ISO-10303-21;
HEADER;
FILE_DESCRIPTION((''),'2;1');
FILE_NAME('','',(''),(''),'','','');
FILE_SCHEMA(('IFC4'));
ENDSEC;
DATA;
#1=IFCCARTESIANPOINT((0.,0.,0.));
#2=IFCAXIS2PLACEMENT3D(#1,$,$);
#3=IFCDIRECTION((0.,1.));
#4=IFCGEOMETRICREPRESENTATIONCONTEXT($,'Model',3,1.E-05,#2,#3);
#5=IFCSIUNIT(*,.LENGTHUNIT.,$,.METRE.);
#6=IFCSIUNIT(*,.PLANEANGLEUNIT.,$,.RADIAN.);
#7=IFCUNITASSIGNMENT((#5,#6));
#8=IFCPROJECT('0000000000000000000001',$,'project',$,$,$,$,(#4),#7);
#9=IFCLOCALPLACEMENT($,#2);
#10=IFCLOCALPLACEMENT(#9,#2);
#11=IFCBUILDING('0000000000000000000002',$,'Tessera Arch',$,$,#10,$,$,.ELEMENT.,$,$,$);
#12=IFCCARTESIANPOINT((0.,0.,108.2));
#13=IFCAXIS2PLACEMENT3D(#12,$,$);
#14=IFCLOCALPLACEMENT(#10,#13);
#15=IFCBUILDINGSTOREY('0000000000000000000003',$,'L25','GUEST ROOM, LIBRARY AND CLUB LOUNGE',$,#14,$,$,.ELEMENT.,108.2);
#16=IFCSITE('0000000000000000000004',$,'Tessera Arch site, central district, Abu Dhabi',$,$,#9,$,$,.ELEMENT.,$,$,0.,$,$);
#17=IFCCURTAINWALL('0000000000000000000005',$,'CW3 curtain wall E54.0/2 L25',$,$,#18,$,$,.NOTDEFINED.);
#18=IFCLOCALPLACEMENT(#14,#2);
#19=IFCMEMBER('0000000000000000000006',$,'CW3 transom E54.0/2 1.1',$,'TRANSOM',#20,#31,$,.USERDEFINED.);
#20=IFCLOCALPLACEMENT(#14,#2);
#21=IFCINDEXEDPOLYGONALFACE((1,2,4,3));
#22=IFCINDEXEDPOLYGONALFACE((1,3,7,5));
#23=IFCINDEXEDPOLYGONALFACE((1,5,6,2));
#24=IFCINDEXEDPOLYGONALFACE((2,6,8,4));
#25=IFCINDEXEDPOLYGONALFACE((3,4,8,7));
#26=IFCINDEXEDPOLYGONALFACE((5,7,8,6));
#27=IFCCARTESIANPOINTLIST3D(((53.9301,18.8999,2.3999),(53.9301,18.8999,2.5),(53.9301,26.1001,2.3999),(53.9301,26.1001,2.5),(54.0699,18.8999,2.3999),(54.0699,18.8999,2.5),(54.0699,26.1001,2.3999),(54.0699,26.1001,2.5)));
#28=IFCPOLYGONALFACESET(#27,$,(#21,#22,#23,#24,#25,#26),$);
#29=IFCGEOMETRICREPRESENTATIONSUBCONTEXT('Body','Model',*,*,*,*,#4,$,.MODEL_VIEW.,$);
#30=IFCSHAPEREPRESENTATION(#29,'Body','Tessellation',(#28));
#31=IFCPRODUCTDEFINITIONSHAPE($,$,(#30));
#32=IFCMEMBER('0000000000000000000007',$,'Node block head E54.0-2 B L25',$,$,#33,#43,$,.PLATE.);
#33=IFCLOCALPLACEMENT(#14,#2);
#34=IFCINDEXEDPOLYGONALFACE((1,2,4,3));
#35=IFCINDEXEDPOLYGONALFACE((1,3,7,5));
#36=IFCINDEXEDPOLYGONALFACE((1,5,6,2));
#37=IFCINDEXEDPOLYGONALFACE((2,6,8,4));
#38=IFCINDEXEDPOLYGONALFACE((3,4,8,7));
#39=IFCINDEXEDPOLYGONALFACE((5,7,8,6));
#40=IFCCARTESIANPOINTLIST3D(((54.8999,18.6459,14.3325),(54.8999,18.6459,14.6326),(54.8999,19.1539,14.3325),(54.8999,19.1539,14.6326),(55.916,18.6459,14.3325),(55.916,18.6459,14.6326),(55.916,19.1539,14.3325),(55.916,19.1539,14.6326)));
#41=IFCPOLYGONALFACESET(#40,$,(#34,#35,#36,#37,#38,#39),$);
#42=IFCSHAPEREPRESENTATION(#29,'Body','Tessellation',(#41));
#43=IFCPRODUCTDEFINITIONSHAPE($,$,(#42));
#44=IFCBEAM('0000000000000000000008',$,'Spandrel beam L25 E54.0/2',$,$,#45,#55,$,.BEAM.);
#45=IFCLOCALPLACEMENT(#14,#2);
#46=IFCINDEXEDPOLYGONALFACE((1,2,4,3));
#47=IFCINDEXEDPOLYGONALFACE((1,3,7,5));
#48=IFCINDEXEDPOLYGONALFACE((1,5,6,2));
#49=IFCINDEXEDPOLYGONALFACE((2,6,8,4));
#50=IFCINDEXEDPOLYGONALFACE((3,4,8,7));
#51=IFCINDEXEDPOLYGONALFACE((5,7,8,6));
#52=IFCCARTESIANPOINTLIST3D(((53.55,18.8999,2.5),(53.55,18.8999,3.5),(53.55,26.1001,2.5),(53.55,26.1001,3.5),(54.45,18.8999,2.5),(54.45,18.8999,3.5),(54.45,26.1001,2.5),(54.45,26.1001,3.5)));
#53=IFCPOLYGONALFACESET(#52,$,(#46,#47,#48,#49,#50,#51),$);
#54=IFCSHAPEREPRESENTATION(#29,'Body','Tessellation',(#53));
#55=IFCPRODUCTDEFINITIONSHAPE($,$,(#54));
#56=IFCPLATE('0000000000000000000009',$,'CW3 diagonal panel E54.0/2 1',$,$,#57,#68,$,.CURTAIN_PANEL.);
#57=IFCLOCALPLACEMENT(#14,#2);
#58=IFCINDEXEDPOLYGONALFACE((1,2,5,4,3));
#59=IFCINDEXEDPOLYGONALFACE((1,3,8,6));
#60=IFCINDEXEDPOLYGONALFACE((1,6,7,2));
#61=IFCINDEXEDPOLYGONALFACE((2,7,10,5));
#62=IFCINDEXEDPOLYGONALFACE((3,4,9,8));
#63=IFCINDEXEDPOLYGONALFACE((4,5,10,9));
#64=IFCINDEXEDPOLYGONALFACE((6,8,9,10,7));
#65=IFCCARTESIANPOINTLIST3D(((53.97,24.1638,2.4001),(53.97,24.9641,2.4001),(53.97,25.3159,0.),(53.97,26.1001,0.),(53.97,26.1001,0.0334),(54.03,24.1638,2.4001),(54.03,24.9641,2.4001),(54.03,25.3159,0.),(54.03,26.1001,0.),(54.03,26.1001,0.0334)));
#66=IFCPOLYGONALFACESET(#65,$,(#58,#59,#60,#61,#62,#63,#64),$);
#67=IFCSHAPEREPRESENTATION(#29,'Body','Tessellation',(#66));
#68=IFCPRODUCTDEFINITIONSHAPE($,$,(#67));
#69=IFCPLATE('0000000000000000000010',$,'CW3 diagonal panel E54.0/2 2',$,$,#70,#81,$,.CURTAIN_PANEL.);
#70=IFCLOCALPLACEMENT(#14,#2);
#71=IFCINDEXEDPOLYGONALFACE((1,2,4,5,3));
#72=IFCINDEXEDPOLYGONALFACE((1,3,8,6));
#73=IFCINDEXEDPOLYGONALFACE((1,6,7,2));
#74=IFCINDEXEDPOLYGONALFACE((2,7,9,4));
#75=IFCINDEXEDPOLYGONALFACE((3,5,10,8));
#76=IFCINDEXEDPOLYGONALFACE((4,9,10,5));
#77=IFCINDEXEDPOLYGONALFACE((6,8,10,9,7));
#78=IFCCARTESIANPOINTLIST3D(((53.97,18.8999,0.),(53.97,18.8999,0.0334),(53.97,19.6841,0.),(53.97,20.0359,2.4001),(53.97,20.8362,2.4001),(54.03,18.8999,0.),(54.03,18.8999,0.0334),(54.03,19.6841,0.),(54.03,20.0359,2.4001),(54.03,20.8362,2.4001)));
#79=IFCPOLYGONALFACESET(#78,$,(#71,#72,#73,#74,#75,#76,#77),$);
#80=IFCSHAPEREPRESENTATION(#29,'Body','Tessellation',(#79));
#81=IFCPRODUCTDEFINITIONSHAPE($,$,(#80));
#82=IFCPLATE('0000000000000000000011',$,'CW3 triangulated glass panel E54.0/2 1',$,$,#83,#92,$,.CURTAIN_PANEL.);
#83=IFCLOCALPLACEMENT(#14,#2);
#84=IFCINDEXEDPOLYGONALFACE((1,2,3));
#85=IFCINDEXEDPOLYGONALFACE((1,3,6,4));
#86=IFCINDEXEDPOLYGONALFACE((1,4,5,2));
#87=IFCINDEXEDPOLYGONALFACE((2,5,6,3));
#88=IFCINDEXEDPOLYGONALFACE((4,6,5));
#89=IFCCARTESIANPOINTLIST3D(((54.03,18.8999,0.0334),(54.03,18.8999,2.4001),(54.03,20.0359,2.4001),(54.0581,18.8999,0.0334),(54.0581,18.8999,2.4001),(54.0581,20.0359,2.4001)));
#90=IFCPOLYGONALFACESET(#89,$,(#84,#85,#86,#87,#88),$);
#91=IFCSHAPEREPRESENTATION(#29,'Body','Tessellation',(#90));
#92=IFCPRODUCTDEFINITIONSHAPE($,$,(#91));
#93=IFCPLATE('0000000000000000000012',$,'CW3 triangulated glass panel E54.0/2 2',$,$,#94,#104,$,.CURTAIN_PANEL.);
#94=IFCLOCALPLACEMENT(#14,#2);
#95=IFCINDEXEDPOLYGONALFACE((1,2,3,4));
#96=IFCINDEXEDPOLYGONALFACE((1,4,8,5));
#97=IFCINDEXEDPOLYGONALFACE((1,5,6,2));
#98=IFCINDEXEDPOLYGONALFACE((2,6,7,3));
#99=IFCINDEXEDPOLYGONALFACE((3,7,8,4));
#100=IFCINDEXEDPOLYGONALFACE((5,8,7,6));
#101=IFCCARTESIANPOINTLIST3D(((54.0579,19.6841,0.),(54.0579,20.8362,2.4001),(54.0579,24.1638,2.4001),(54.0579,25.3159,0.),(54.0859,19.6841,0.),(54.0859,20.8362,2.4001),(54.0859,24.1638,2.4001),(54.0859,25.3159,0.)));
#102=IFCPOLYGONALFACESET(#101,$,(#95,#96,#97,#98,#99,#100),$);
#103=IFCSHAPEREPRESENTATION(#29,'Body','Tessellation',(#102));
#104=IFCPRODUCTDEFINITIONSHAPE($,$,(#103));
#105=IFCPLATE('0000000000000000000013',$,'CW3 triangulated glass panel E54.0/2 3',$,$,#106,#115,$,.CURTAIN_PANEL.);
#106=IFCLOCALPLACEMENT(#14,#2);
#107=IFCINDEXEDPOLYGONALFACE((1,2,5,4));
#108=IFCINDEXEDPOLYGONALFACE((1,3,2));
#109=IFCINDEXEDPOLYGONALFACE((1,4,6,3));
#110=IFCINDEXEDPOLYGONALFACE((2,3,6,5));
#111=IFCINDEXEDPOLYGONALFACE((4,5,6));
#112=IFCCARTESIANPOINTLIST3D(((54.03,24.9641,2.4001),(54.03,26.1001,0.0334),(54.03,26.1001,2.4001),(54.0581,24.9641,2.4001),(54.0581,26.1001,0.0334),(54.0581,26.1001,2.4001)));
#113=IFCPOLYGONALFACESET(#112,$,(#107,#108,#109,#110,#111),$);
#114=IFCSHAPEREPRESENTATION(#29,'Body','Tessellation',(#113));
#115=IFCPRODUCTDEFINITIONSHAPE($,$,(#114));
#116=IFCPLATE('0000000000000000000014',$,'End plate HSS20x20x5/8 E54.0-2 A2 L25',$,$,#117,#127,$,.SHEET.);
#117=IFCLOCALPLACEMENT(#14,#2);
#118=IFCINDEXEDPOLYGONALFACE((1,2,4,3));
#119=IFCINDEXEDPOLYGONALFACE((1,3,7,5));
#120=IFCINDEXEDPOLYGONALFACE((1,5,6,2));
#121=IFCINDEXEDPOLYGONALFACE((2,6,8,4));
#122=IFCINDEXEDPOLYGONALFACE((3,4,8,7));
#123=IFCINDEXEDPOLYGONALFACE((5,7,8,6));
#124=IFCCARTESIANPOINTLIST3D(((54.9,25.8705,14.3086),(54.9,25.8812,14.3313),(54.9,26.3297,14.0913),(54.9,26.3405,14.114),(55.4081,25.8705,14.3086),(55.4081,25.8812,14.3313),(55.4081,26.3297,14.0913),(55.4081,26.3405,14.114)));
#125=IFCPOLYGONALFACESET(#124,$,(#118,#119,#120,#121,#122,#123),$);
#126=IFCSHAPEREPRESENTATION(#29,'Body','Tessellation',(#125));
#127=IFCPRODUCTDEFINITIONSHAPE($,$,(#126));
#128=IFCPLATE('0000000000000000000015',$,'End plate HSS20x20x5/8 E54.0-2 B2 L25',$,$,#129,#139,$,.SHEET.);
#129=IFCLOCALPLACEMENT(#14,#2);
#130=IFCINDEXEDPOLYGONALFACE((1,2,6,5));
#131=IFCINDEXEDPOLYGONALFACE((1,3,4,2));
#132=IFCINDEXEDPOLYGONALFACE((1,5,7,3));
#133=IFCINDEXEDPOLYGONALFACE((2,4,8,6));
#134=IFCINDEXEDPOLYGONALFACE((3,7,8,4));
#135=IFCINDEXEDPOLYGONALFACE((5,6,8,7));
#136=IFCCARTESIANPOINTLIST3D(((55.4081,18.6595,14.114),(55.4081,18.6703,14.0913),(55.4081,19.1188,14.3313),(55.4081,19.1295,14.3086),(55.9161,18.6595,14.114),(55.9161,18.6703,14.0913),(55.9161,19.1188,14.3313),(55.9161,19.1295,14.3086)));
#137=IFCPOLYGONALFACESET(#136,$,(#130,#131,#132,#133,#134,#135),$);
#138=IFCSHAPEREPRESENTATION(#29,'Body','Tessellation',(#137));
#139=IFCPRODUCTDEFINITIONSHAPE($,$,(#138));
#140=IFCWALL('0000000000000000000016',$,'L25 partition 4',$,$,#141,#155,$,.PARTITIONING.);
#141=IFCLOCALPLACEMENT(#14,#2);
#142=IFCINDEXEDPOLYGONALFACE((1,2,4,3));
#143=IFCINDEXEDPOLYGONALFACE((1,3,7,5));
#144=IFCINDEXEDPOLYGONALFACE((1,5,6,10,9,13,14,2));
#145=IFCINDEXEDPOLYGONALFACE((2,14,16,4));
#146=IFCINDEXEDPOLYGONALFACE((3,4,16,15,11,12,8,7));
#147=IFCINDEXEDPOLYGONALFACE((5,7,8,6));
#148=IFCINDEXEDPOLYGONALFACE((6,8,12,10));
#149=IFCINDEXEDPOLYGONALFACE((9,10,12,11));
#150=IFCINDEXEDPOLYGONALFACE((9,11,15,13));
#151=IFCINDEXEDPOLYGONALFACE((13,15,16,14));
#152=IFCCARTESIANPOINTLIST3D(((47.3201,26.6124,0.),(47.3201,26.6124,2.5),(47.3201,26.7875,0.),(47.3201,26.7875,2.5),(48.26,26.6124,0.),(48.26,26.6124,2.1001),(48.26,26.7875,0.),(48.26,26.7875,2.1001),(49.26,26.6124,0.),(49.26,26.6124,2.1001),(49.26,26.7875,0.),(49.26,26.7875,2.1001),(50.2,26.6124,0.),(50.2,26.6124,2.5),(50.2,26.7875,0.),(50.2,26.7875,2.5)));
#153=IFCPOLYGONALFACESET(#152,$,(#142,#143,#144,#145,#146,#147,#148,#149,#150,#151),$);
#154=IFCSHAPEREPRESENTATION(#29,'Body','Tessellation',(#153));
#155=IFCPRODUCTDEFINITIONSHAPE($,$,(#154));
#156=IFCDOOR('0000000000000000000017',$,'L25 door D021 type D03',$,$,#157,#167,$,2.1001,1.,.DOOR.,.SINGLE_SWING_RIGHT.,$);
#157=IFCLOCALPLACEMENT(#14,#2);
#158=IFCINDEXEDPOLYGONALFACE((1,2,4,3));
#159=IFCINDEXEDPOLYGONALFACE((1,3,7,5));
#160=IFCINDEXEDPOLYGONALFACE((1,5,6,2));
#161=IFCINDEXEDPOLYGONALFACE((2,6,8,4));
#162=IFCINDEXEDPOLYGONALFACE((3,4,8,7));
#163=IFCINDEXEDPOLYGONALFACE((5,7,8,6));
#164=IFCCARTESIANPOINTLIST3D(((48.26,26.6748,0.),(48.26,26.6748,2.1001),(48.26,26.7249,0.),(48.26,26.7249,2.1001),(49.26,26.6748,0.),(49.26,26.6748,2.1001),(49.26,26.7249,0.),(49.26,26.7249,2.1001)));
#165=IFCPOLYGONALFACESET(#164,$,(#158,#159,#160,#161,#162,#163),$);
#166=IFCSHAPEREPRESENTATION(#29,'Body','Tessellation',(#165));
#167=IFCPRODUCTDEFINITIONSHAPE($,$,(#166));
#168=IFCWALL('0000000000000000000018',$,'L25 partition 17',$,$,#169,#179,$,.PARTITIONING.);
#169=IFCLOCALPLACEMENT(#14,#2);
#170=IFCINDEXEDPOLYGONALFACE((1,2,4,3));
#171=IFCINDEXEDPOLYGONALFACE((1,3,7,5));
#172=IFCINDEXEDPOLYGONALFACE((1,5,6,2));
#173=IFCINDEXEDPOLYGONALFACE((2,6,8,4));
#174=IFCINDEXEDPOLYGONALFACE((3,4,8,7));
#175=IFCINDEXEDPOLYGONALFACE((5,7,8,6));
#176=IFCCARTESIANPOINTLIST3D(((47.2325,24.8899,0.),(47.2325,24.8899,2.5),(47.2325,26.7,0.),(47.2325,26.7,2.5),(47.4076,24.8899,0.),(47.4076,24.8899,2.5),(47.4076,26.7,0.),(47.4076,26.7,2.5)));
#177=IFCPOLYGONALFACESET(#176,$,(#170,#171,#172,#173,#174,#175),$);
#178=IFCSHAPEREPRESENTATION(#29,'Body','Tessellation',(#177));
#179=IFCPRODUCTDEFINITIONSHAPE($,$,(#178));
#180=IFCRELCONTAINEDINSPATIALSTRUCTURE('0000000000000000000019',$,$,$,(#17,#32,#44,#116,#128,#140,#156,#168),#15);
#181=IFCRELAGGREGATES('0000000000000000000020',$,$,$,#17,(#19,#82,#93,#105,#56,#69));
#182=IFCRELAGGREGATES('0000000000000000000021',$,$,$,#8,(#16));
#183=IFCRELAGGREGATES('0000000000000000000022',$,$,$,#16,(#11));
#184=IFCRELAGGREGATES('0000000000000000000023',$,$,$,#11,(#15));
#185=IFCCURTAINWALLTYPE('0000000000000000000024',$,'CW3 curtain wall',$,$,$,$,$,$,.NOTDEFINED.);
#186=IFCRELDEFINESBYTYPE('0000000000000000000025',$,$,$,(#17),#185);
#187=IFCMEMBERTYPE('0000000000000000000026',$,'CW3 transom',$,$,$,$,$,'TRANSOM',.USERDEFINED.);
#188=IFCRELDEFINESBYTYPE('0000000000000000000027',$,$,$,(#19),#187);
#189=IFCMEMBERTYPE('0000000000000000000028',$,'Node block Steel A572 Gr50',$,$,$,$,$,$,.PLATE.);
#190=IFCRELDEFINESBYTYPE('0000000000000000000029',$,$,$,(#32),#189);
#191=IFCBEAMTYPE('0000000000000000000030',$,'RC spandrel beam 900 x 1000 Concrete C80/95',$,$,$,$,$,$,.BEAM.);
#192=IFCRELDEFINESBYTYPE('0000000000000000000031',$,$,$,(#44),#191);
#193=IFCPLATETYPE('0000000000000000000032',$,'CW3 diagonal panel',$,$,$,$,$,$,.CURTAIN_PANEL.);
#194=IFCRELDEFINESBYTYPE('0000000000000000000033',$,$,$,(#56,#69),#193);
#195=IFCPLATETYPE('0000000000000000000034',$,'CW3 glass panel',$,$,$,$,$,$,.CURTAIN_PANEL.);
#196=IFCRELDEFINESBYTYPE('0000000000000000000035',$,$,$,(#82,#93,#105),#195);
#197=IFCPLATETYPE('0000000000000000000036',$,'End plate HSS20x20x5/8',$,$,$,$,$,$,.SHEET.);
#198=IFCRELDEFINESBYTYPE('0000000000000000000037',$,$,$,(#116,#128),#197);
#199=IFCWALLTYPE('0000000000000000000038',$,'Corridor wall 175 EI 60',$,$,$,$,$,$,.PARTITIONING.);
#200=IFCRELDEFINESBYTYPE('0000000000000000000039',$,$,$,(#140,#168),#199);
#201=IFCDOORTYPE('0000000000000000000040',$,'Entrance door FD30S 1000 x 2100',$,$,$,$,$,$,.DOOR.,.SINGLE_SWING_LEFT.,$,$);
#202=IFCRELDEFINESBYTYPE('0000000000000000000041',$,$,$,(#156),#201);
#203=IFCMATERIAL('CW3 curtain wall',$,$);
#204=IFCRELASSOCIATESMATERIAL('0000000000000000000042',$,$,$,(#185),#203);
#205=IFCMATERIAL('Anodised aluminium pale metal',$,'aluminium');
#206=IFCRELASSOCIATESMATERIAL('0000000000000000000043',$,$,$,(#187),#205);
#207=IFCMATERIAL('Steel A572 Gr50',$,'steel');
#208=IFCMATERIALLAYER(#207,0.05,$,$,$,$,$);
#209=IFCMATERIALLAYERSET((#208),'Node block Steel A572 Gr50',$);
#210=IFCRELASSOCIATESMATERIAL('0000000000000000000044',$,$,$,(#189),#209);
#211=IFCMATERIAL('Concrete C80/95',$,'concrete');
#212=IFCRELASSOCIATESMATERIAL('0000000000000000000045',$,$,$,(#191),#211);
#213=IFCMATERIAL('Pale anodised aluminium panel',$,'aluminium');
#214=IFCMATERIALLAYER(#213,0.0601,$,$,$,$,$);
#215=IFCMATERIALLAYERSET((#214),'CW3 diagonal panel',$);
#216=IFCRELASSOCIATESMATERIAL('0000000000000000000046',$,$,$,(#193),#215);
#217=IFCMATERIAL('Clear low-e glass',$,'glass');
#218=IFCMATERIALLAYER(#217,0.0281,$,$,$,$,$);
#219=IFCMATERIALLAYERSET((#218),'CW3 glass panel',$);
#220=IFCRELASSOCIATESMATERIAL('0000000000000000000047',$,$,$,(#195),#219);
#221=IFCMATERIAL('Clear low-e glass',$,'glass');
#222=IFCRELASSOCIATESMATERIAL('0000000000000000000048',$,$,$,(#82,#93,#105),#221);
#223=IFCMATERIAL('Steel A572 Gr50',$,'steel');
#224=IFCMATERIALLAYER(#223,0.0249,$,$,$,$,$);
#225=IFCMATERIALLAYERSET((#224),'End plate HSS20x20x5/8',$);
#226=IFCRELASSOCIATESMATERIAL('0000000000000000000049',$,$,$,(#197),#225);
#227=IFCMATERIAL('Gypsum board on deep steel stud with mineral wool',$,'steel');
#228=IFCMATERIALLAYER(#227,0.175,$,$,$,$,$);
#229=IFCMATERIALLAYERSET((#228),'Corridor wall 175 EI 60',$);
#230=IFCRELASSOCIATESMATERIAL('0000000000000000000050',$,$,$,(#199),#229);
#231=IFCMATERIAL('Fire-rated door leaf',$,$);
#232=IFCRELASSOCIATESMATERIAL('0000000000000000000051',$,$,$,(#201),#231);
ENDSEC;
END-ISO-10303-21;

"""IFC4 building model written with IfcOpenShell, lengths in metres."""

from ifc_helpers import new_model, si_unit, direction, frame, frame_2d, origin, origin_2d, place, context, subcontext, project, spatial, polyline, rectangle, outline, extrude, material, layer, layer_set, material_profile, profile_set, type_object, element, fill, aggregate, save


model = new_model("IFC4")

# Units and contexts
model_context = context("Model", 3, precision=1e-05, world=origin(), true_north=direction((0.0, 1.0)))
body_context = subcontext(model_context, "Body", "Model", "MODEL_VIEW")
ifc_project = project(units=[si_unit("LENGTHUNIT", "METRE"), si_unit("PLANEANGLEUNIT", "RADIAN")], contexts=[model_context])

# Site, building, storey
site_placement = place(None, origin())
site = spatial("IfcSite", under=ifc_project, at=site_placement, Name="Tessera Arch site, central district, Abu Dhabi", CompositionType="ELEMENT", RefElevation=0.0)
building_placement = place(site_placement, origin())
building = spatial("IfcBuilding", under=site, at=building_placement, Name="Tessera Arch", CompositionType="ELEMENT")
storey_placement = place(building_placement, frame((0.0, 0.0, 108.2)))
storey = spatial("IfcBuildingStorey", under=building, at=storey_placement, Name="L25", Description="GUEST ROOM, LIBRARY AND CLUB LOUNGE", CompositionType="ELEMENT", Elevation=108.2)

# Curtain wall, member
ifc_material_1 = material(Name="CW3 curtain wall")
curtain_wall_type = type_object("IfcCurtainWallType", Name="CW3 curtain wall", PredefinedType="NOTDEFINED", material=ifc_material_1)
curtain_wall_placement = place(storey_placement, origin())
curtain_wall = element("IfcCurtainWall", 1, at=curtain_wall_placement, inside=storey, type_object=curtain_wall_type, Name="CW3 curtain wall E54.0/2 L25", PredefinedType="NOTDEFINED")
ifc_material_2 = material(Name="Anodised aluminium pale metal", Category="aluminium")
ifc_material_profile_1 = material_profile(ifc_material_2, rectangle(XDim=0.1399, YDim=0.1001, at=origin_2d()), Name="AL 140x100")
ifc_profile_set_1 = profile_set([ifc_material_profile_1], Name="Anodised aluminium pale metal")
member_type_1 = type_object("IfcMemberType", Name="CW3 transom", ElementType="TRANSOM", PredefinedType="USERDEFINED", material=ifc_profile_set_1)
member_1_placement = place(storey_placement, frame((54.0, 18.8999, 2.45), z_axis=(0.0, 1.0, 0.0), x_axis=(-1.0, 0.0, 0.0)))
member_1 = element("IfcMember", 2, at=member_1_placement, type_object=member_type_1, Name="CW3 transom E54.0/2 1.1", ObjectType="TRANSOM", PredefinedType="USERDEFINED", context=body_context, shape_type="SweptSolid", body=[
    extrude(rectangle(XDim=0.1399, YDim=0.1001, at=origin_2d()), origin(), (0.0, 0.0, 1.0), 7.2002),
])

# Member
ifc_material_3 = material(Name="Steel A572 Gr50", Category="steel")
ifc_layer_1 = layer(ifc_material_3, 0.05)
ifc_layer_set_1 = layer_set([ifc_layer_1], Name="Node block Steel A572 Gr50")
member_type_2 = type_object("IfcMemberType", Name="Node block Steel A572 Gr50", PredefinedType="PLATE", material=ifc_layer_set_1)
member_2_placement = place(storey_placement, frame((55.408, 18.8999, 14.3325), z_axis=(0.0, 0.0, 1.0), x_axis=(0.0, 1.0, 0.0)))
element("IfcMember", 3, at=member_2_placement, inside=storey, type_object=member_type_2, Name="Node block head E54.0-2 B L25", PredefinedType="PLATE", context=body_context, shape_type="SweptSolid", body=[
    extrude(rectangle(XDim=0.5081, YDim=1.0161, at=origin_2d()), origin(), (0.0, 0.0, 1.0), 0.3),
])

# Beam
ifc_material_4 = material(Name="Concrete C80/95", Category="concrete")
ifc_material_profile_2 = material_profile(ifc_material_4, rectangle(XDim=0.8999, YDim=1.0, at=origin_2d()), Name="RC spandrel beam 900 x 1000 Concrete C80/95")
ifc_profile_set_2 = profile_set([ifc_material_profile_2], Name="Concrete C80/95")
beam_type = type_object("IfcBeamType", Name="RC spandrel beam 900 x 1000 Concrete C80/95", PredefinedType="BEAM", material=ifc_profile_set_2)
beam_placement = place(storey_placement, frame((54.0, 18.8999, 3.0), z_axis=(0.0, 1.0, 0.0), x_axis=(-1.0, 0.0, 0.0)))
element("IfcBeam", 4, at=beam_placement, inside=storey, type_object=beam_type, Name="Spandrel beam L25 E54.0/2", PredefinedType="BEAM", context=body_context, shape_type="SweptSolid", body=[
    extrude(rectangle(XDim=0.8999, YDim=1.0, at=origin_2d()), origin(), (0.0, 0.0, 1.0), 7.2002),
])

# Plates
ifc_material_5 = material(Name="Pale anodised aluminium panel", Category="aluminium")
ifc_layer_2 = layer(ifc_material_5, 0.0601)
ifc_layer_set_2 = layer_set([ifc_layer_2], Name="CW3 diagonal panel")
plate_type_1 = type_object("IfcPlateType", Name="CW3 diagonal panel", PredefinedType="CURTAIN_PANEL", material=ifc_layer_set_2)
plate_1_placement = place(storey_placement, frame((54.03, 26.1001, 0.0), z_axis=(1.0, 0.0, 0.0), x_axis=(0.0, 0.0, 1.0)))
plate_1 = element("IfcPlate", 5, at=plate_1_placement, type_object=plate_type_1, Name="CW3 diagonal panel E54.0/2 1", PredefinedType="CURTAIN_PANEL", context=body_context, shape_type="SweptSolid", body=[
    extrude(outline(polyline([(0.0, 0.0), (0.0334, 0.0), (2.4001, 1.136), (2.4001, 1.9363), (0.0, 0.7842), (0.0, 0.0)])), origin(), (0.0, 0.0, -1.0), 0.0601),
])
plate_2_placement = place(storey_placement, frame((54.03, 20.8362, 2.4001), z_axis=(1.0, 0.0, 0.0), x_axis=(0.0, -1.0, 0.0)))
plate_2 = element("IfcPlate", 6, at=plate_2_placement, type_object=plate_type_1, Name="CW3 diagonal panel E54.0/2 2", PredefinedType="CURTAIN_PANEL", context=body_context, shape_type="SweptSolid", body=[
    extrude(outline(polyline([(0.0, 0.0), (0.8003, 0.0), (1.9363, 2.3667), (1.9363, 2.4001), (1.1521, 2.4001), (0.0, 0.0)])), origin(), (0.0, 0.0, -1.0), 0.0601),
])
ifc_material_6 = material(Name="Clear low-e glass", Category="glass")
ifc_material_7 = material(Name="Clear low-e glass", Category="glass")
ifc_layer_3 = layer(ifc_material_7, 0.0281)
ifc_layer_set_3 = layer_set([ifc_layer_3], Name="CW3 glass panel")
plate_type_2 = type_object("IfcPlateType", Name="CW3 glass panel", PredefinedType="CURTAIN_PANEL", material=ifc_layer_set_3)
plate_3_placement = place(storey_placement, frame((54.0581, 18.8999, 2.4001), z_axis=(1.0, 0.0, 0.0), x_axis=(0.0, 0.0, -1.0)))
plate_3 = element("IfcPlate", 7, at=plate_3_placement, type_object=plate_type_2, material=ifc_material_6, Name="CW3 triangulated glass panel E54.0/2 1", PredefinedType="CURTAIN_PANEL", context=body_context, shape_type="SweptSolid", body=[
    extrude(outline(polyline([(0.0, 0.0), (2.3667, 0.0), (0.0, 1.136), (0.0, 0.0)])), origin(), (0.0, 0.0, -1.0), 0.0281),
])
plate_4_placement = place(storey_placement, frame((54.0859, 24.1638, 2.4001), z_axis=(1.0, 0.0, 0.0), x_axis=(0.0, -1.0, 0.0)))
plate_4 = element("IfcPlate", 8, at=plate_4_placement, type_object=plate_type_2, material=ifc_material_6, Name="CW3 triangulated glass panel E54.0/2 2", PredefinedType="CURTAIN_PANEL", context=body_context, shape_type="SweptSolid", body=[
    extrude(outline(polyline([(0.0, 0.0), (3.3276, 0.0), (4.4797, 2.4001), (-1.1521, 2.4001), (0.0, 0.0)])), origin(), (0.0, 0.0, -1.0), 0.0281),
])
plate_5_placement = place(storey_placement, frame((54.0581, 26.1001, 2.4001), z_axis=(1.0, 0.0, 0.0), x_axis=(0.0, -1.0, 0.0)))
plate_5 = element("IfcPlate", 9, at=plate_5_placement, type_object=plate_type_2, material=ifc_material_6, Name="CW3 triangulated glass panel E54.0/2 3", PredefinedType="CURTAIN_PANEL", context=body_context, shape_type="SweptSolid", body=[
    extrude(outline(polyline([(0.0, 0.0), (1.136, 0.0), (0.0, 2.3667), (0.0, 0.0)])), origin(), (0.0, 0.0, -1.0), 0.0281),
])
aggregate(curtain_wall, [member_1, plate_3, plate_4, plate_5, plate_1, plate_2])

# Plates
ifc_material_8 = material(Name="Steel A572 Gr50", Category="steel")
ifc_layer_4 = layer(ifc_material_8, 0.0249)
ifc_layer_set_4 = layer_set([ifc_layer_4], Name="End plate HSS20x20x5/8")
plate_type_3 = type_object("IfcPlateType", Name="End plate HSS20x20x5/8", PredefinedType="SHEET", material=ifc_layer_set_4)
for number, where, z_axis, x_axis, name in (
    (10, (55.1541, 26.1001, 14.2), (0.0, 0.427668, 0.903936), (-1.0, 0.0, 0.0), "End plate HSS20x20x5/8 E54.0-2 A2 L25"),
    (11, (55.6621, 18.8999, 14.2), (0.0, -0.427668, 0.903936), (1.0, 0.0, 0.0), "End plate HSS20x20x5/8 E54.0-2 B2 L25"),
):
    element("IfcPlate", number, at=place(storey_placement, frame(where, z_axis=z_axis, x_axis=x_axis)), inside=storey, type_object=plate_type_3, Name=name, PredefinedType="SHEET", context=body_context, shape_type="SweptSolid", body=[
        extrude(rectangle(XDim=0.5081, YDim=0.5081, at=origin_2d()), origin(), (0.0, 0.0, 1.0), 0.0251),
    ])

# Wall, opening, door
ifc_material_9 = material(Name="Gypsum board on deep steel stud with mineral wool", Category="steel")
ifc_layer_5 = layer(ifc_material_9, 0.175)
ifc_layer_set_5 = layer_set([ifc_layer_5], Name="Corridor wall 175 EI 60")
wall_type = type_object("IfcWallType", Name="Corridor wall 175 EI 60", PredefinedType="PARTITIONING", material=ifc_layer_set_5)
wall_1_placement = place(storey_placement, frame((47.3201, 26.7, 0.0), z_axis=(0.0, 0.0, 1.0), x_axis=(1.0, 0.0, 0.0)))
wall_1 = element("IfcWall", 12, at=wall_1_placement, inside=storey, type_object=wall_type, Name="L25 partition 4", PredefinedType="PARTITIONING", context=body_context, shape_type="SweptSolid", body=[
    extrude(rectangle(XDim=2.8799, YDim=0.175, at=frame_2d((1.4399, 0.0))), origin(), (0.0, 0.0, 1.0), 2.5),
])
opening_1_placement = place(wall_1_placement, frame((0.9399, 0.0, 0.0)))
opening_1 = element("IfcOpeningElement", 13, at=opening_1_placement, cuts=wall_1, PredefinedType="OPENING", context=body_context, shape_type="SweptSolid", body=[
    extrude(rectangle(XDim=1.0, YDim=2.1001, at=frame_2d((0.5, 1.05))), frame((0.0, 0.0974, 0.0), z_axis=(0.0, -1.0, 0.0), x_axis=(1.0, 0.0, 0.0)), (0.0, 0.0, 1.0), 0.1951),
])
ifc_material_10 = material(Name="Fire-rated door leaf")
door_type_1 = type_object("IfcDoorType", Name="Entrance door FD30S 1000 x 2100", OperationType="SINGLE_SWING_LEFT", PredefinedType="DOOR", material=ifc_material_10)
door_1_placement = place(opening_1_placement, origin())
door_1 = element("IfcDoor", 14, at=door_1_placement, inside=storey, type_object=door_type_1, Name="L25 door D021 type D03", OperationType="SINGLE_SWING_RIGHT", OverallHeight=2.1001, OverallWidth=1.0, PredefinedType="DOOR", context=body_context, shape_type="SweptSolid", body=[
    extrude(rectangle(XDim=1.0, YDim=2.1001, at=frame_2d((0.5, 1.05))), frame((0.0, 0.0249, 0.0), z_axis=(0.0, -1.0, 0.0), x_axis=(1.0, 0.0, 0.0)), (0.0, 0.0, 1.0), 0.05),
])
fill(opening_1, door_1)

# Wall
wall_2_placement = place(storey_placement, frame((47.3201, 24.8899, 0.0), z_axis=(0.0, 0.0, 1.0), x_axis=(0.0, 1.0, 0.0)))
element("IfcWall", 15, at=wall_2_placement, inside=storey, type_object=wall_type, Name="L25 partition 17", PredefinedType="PARTITIONING", context=body_context, shape_type="SweptSolid", body=[
    extrude(rectangle(XDim=1.8101, YDim=0.175, at=frame_2d((0.905, 0.0))), origin(), (0.0, 0.0, 1.0), 2.5),
])

save(model, "model.ifc")
